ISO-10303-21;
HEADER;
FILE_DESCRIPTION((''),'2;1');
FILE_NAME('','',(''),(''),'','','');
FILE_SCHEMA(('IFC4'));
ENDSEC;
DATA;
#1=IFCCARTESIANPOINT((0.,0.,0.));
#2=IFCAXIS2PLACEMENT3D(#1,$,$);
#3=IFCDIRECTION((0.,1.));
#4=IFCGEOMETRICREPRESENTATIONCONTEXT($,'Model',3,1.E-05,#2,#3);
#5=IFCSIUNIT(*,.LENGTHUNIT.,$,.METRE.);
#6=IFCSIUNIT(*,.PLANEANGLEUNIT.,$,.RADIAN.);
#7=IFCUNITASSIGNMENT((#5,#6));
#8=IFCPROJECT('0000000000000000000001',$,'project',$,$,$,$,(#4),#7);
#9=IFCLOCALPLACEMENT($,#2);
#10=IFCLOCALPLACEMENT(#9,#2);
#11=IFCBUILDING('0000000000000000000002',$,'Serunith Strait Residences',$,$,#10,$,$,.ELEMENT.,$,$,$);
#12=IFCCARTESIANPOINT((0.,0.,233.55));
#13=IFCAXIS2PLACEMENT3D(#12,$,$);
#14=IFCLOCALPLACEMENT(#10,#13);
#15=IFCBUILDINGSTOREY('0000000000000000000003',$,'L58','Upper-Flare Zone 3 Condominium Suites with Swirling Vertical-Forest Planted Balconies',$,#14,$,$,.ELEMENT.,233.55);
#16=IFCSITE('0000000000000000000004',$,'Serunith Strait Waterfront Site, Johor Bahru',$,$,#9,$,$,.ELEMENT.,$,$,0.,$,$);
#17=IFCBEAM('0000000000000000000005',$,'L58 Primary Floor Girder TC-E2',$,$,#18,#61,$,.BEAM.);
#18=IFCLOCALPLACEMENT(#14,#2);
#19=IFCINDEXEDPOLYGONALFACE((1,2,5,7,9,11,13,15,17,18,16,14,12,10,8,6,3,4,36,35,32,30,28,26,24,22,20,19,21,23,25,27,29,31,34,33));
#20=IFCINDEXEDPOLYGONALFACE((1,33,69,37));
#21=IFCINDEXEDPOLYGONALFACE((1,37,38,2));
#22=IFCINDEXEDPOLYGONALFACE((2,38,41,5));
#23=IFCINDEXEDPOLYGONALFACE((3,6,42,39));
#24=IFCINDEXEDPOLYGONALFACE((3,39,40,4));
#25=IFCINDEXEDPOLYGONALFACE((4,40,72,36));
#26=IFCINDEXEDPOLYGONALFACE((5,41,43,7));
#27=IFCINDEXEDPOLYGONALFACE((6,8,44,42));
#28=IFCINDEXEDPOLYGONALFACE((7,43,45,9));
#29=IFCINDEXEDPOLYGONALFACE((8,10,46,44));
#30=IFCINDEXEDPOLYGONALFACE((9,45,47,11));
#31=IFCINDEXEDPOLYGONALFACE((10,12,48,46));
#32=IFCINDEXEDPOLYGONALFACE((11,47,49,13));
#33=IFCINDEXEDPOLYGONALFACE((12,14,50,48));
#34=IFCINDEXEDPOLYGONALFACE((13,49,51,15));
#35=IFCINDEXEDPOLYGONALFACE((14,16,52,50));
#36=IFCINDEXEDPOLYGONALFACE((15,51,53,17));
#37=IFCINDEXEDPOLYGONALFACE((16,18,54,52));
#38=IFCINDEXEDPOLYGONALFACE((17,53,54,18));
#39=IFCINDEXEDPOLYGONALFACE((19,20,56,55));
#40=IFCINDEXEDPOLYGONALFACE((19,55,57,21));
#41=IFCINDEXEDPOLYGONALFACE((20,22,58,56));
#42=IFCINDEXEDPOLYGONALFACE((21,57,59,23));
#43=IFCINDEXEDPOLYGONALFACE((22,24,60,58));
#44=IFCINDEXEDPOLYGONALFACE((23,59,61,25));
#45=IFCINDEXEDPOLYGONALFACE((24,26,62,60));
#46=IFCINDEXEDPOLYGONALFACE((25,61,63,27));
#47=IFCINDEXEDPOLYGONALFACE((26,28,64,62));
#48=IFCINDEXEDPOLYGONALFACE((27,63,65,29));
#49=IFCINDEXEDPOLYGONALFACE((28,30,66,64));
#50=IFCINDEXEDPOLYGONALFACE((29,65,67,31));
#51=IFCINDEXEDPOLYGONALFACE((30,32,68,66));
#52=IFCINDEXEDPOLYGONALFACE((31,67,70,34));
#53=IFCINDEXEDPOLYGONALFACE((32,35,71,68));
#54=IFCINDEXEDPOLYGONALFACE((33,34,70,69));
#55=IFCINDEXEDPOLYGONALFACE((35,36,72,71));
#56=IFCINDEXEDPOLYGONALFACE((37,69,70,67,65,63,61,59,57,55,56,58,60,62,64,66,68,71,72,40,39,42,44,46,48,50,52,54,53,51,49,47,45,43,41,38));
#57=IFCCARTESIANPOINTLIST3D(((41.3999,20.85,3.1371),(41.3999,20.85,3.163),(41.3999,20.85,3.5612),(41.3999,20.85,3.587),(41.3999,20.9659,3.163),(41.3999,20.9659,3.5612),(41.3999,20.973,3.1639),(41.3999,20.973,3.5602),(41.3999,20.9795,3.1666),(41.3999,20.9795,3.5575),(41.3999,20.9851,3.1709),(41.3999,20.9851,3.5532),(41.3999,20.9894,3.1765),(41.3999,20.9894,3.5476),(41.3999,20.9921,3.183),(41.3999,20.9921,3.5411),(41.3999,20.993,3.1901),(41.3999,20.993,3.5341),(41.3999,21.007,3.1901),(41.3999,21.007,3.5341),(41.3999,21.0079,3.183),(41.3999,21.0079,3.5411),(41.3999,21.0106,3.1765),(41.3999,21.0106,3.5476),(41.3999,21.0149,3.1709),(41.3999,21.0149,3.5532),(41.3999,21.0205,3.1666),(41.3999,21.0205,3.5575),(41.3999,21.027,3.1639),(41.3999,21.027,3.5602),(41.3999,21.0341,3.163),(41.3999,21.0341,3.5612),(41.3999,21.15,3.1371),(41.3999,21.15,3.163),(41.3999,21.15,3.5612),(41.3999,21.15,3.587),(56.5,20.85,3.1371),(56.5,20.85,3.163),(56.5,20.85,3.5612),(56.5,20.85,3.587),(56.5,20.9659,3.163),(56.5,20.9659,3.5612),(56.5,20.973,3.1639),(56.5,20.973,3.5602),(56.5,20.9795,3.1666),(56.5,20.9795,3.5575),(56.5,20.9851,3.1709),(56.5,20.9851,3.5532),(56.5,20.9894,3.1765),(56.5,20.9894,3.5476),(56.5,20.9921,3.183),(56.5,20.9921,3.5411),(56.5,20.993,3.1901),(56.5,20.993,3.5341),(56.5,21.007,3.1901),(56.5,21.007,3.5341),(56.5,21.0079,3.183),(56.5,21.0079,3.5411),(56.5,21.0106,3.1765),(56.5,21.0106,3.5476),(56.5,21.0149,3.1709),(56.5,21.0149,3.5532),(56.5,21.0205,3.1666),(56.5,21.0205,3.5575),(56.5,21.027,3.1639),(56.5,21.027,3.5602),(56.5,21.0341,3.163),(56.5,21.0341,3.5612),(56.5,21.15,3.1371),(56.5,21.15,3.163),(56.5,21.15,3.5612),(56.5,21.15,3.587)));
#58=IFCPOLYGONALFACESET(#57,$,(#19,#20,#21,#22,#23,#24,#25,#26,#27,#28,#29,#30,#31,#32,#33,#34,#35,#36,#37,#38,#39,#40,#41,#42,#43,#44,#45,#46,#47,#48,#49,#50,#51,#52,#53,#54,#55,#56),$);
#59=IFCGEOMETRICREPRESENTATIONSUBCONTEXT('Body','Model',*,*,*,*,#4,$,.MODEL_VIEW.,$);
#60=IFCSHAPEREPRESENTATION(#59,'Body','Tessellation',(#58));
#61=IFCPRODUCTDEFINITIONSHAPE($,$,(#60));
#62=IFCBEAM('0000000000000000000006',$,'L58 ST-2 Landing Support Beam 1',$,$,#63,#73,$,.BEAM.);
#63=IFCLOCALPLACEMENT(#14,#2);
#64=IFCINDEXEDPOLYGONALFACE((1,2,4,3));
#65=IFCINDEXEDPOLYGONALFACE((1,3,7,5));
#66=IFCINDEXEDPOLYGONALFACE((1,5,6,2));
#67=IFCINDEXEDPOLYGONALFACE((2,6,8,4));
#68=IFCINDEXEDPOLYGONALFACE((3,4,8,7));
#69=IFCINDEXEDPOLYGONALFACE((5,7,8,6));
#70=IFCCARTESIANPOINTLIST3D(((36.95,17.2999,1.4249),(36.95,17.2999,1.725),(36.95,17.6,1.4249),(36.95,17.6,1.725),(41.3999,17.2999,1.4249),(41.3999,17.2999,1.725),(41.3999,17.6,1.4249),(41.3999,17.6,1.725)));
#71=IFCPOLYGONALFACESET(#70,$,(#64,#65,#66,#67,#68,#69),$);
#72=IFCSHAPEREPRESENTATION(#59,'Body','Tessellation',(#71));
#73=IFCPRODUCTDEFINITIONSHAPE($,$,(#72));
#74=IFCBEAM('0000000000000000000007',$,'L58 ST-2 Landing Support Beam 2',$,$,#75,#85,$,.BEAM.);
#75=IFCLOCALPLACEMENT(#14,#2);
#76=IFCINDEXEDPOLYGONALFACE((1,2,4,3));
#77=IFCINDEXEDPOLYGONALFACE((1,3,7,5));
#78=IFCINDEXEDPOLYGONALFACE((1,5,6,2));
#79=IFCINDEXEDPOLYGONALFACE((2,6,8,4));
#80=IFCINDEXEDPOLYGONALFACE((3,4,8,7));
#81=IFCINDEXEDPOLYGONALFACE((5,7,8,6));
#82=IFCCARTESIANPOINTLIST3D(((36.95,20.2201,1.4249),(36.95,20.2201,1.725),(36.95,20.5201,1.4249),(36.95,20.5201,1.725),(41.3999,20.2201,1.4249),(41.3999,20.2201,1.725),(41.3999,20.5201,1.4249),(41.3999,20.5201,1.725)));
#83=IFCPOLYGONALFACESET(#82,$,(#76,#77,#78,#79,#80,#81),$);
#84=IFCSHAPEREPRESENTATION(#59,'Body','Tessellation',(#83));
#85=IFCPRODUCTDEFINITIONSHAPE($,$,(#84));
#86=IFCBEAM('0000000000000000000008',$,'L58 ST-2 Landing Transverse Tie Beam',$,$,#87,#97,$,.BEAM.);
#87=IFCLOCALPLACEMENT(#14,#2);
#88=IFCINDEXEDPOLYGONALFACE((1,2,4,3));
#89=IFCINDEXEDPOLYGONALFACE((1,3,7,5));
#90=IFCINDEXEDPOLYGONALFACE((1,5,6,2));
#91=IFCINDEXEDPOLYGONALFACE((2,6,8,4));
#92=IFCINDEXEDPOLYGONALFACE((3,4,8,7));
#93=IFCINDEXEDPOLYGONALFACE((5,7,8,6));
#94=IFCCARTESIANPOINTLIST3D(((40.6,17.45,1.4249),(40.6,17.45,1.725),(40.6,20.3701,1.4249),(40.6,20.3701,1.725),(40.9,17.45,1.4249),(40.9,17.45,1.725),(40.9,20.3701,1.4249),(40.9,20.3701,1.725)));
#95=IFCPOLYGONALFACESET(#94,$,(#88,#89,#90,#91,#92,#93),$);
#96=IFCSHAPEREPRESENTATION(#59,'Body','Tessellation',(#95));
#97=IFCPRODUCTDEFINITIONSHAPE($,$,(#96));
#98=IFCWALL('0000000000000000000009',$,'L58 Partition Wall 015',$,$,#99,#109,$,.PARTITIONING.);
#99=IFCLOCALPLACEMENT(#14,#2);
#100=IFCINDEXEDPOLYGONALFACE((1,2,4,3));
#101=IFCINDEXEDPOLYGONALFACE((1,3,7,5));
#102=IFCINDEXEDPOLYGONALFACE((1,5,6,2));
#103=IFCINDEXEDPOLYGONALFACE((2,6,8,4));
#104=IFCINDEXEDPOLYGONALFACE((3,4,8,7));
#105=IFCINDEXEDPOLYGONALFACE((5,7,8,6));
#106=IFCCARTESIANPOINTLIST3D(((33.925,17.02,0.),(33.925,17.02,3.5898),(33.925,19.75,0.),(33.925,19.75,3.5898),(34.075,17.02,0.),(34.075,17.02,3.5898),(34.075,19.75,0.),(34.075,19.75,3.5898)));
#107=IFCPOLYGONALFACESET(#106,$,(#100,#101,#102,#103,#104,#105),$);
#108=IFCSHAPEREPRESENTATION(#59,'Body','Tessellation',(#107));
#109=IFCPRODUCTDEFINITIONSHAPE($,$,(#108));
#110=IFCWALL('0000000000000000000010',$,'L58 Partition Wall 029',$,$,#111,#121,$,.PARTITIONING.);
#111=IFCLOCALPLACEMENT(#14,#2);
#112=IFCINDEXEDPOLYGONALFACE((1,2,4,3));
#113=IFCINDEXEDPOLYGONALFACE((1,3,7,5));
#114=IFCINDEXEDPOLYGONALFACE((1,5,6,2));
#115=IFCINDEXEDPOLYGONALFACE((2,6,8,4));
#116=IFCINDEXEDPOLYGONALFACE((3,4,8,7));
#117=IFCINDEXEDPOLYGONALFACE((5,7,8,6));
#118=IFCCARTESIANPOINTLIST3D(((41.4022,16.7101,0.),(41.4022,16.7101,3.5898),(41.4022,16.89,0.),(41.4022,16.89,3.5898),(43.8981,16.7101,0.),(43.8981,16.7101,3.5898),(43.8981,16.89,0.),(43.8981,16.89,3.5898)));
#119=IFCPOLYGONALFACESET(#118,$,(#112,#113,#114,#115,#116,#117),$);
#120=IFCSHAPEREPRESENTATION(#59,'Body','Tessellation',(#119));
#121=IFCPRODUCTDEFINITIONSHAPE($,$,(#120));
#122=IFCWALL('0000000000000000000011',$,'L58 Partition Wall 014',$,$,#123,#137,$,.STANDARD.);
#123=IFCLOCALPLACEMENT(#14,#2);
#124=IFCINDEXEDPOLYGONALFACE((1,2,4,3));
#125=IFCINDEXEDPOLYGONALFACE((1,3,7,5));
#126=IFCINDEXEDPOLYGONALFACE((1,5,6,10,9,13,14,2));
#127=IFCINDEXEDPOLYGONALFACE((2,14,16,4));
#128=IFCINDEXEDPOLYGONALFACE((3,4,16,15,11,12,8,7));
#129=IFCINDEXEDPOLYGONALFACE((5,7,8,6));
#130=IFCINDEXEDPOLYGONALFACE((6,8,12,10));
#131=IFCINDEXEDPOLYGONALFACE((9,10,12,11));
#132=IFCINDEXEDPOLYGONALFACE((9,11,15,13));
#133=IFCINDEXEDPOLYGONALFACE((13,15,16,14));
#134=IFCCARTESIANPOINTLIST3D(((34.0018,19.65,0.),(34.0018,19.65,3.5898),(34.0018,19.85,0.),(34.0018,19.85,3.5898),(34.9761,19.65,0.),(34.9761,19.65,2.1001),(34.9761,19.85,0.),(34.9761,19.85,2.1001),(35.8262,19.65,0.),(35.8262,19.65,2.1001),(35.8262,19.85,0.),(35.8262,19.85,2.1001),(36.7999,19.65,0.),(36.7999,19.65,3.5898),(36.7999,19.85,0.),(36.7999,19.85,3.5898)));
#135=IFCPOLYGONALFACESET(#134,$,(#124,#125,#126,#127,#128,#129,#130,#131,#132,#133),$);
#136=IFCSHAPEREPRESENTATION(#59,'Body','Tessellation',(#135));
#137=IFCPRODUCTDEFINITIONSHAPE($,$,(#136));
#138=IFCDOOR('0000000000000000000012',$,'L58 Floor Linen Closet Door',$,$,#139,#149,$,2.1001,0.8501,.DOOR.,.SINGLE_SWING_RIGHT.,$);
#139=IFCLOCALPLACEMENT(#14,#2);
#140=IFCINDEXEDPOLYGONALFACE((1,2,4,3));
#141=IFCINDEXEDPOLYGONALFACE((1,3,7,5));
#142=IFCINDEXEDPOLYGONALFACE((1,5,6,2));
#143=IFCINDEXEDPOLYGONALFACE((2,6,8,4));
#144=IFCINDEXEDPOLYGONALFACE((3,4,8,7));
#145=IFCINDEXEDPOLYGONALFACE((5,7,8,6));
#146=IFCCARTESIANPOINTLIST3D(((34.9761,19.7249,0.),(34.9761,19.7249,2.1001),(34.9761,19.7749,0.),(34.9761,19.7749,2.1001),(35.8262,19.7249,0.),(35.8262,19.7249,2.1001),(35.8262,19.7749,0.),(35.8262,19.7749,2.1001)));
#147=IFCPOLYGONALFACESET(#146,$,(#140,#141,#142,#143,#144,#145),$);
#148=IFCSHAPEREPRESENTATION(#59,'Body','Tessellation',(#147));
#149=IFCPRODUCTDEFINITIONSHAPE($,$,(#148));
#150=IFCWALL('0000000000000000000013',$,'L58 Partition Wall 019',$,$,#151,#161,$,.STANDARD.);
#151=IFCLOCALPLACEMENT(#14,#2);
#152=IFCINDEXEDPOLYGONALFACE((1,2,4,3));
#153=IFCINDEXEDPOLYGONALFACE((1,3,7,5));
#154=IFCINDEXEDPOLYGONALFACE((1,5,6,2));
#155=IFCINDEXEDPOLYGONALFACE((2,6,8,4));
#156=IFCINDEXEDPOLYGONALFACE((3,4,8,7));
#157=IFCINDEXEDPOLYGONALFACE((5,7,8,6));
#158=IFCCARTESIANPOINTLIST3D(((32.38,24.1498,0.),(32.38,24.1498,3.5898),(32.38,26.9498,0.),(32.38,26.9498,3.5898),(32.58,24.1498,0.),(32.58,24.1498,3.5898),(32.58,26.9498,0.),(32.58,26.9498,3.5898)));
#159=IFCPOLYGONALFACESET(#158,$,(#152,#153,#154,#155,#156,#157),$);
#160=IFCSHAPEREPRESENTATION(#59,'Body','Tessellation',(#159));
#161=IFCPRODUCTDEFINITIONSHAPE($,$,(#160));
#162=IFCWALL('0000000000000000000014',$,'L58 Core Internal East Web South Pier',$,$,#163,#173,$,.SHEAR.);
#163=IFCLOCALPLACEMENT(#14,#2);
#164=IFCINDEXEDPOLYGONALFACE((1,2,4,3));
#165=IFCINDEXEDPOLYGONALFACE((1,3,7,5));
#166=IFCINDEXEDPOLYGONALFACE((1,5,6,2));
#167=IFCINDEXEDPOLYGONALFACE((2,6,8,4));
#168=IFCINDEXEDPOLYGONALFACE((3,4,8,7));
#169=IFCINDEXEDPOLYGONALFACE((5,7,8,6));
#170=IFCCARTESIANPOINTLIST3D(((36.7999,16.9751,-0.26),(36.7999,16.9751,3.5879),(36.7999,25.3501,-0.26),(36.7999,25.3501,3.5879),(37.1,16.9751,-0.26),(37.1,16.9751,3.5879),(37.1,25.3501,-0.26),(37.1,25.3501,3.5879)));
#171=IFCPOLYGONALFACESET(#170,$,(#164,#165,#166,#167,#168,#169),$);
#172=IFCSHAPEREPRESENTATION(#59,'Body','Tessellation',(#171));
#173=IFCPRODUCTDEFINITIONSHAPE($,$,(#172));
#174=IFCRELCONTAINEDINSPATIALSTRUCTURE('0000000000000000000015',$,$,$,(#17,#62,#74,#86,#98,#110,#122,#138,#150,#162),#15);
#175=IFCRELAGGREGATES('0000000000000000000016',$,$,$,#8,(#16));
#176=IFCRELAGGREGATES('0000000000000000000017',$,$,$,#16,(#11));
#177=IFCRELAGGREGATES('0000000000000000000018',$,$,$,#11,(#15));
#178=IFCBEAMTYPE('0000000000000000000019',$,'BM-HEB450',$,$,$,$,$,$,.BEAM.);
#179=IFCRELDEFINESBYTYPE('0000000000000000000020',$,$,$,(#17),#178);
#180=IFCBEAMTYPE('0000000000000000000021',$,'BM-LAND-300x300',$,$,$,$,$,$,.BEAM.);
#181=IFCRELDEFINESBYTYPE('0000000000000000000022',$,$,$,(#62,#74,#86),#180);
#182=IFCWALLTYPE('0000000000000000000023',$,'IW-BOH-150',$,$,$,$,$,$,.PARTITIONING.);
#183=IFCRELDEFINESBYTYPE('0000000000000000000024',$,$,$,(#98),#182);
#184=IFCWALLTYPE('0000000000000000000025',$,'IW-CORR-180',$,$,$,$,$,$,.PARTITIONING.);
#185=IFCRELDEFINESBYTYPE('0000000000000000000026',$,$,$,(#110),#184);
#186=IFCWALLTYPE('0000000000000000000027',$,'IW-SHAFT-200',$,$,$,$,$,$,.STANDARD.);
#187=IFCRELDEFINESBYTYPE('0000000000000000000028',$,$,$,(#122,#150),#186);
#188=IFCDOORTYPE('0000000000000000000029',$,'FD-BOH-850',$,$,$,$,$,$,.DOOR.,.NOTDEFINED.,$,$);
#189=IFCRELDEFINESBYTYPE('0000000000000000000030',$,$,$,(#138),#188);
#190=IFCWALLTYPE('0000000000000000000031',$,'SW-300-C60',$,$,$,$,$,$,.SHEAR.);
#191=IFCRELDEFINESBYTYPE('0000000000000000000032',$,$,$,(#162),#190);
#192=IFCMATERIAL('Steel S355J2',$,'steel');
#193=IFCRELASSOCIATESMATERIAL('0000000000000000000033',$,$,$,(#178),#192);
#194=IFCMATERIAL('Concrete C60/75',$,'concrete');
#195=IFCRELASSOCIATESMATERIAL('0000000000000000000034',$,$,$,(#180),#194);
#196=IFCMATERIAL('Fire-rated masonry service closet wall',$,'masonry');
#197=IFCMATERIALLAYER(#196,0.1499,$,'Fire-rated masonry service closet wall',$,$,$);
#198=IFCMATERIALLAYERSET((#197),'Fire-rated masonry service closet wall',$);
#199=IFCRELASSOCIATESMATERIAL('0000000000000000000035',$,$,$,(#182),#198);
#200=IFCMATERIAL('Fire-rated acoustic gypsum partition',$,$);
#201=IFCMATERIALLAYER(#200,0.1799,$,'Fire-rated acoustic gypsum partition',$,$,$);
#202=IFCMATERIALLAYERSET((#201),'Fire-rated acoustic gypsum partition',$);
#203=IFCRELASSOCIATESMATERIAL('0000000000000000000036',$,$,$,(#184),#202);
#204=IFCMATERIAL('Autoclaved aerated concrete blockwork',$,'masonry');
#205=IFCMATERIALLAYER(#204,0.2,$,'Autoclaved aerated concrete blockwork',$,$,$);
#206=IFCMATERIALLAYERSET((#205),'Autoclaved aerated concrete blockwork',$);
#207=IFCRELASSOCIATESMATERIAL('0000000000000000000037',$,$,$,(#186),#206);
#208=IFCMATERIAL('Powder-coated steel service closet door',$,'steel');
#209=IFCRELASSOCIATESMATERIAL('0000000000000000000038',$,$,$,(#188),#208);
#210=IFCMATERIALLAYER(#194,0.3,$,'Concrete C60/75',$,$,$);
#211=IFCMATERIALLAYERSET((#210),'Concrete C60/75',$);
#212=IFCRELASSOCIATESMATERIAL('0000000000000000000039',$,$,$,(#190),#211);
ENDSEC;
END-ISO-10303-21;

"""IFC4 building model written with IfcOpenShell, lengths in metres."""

from ifc_helpers import new_model, si_unit, direction, frame, frame_2d, origin, origin_2d, place, context, subcontext, project, spatial, rectangle, i_section, extrude, source, transform, mapped, material, layer, layer_set, material_profile, profile_set, type_object, element, fill, save


model = new_model("IFC4")

# Units and contexts
model_context = context("Model", 3, precision=1e-05, world=origin(), true_north=direction((0.0, 1.0)))
body_context = subcontext(model_context, "Body", "Model", "MODEL_VIEW")
ifc_project = project(units=[si_unit("LENGTHUNIT", "METRE"), si_unit("PLANEANGLEUNIT", "RADIAN")], contexts=[model_context])

# Site, building, storey
site_placement = place(None, origin())
site = spatial("IfcSite", under=ifc_project, at=site_placement, Name="Serunith Strait Waterfront Site, Johor Bahru", CompositionType="ELEMENT", RefElevation=0.0)
building_placement = place(site_placement, origin())
building = spatial("IfcBuilding", under=site, at=building_placement, Name="Serunith Strait Residences", CompositionType="ELEMENT")
storey_placement = place(building_placement, frame((0.0, 0.0, 233.55)))
storey = spatial("IfcBuildingStorey", under=building, at=storey_placement, Name="L58", Description="Upper-Flare Zone 3 Condominium Suites with Swirling Vertical-Forest Planted Balconies", CompositionType="ELEMENT", Elevation=233.55)

# Beams
ifc_material_1 = material(Name="Steel S355J2", Category="steel")
ifc_material_profile_1 = material_profile(ifc_material_1, i_section(OverallWidth=0.3, OverallDepth=0.45, WebThickness=0.0139, FlangeThickness=0.0259, FilletRadius=0.0271, at=origin_2d()), Name="HEB 450")
ifc_profile_set_1 = profile_set([ifc_material_profile_1], Name="Steel S355J2")
beam_type_1 = type_object("IfcBeamType", Name="BM-HEB450", PredefinedType="BEAM", material=ifc_profile_set_1)
shared_shape_1 = source(origin(), body_context, "Body", "SweptSolid", [
    extrude(i_section(OverallWidth=0.3, OverallDepth=0.45, WebThickness=0.0139, FlangeThickness=0.0259, FilletRadius=0.0271, at=origin_2d()), origin(), (0.0, 0.0, 1.0), 15.1001),
])
beam_1_placement = place(storey_placement, frame((41.3999, 21.0, 3.3621), z_axis=(1.0, 0.0, 0.0), x_axis=(0.0, 1.0, 0.0)))
element("IfcBeam", 1, at=beam_1_placement, inside=storey, type_object=beam_type_1, Name="L58 Primary Floor Girder TC-E2", PredefinedType="BEAM", context=body_context, shape_type="MappedRepresentation", body=[
    mapped(shared_shape_1, transform((0.0, 0.0, 0.0), scale=1.0)),
])
ifc_material_2 = material(Name="Concrete C60/75", Category="concrete")
ifc_material_profile_2 = material_profile(ifc_material_2, rectangle(XDim=0.3, YDim=0.3, at=origin_2d()), Name="RC 300x300")
ifc_profile_set_2 = profile_set([ifc_material_profile_2], Name="Concrete C60/75")
beam_type_2 = type_object("IfcBeamType", Name="BM-LAND-300x300", PredefinedType="BEAM", material=ifc_profile_set_2)
shared_shape_2 = source(origin(), body_context, "Body", "SweptSolid", [
    extrude(rectangle(XDim=0.3, YDim=0.3, at=origin_2d()), origin(), (0.0, 0.0, 1.0), 4.45),
])
for number, where, z_axis, x_axis, name in (
    (2, (36.95, 17.45, 1.575), (1.0, 0.0, 0.0), (0.0, 1.0, 0.0), "L58 ST-2 Landing Support Beam 1"),
    (3, (36.95, 20.3701, 1.575), (1.0, 0.0, 0.0), (0.0, 1.0, 0.0), "L58 ST-2 Landing Support Beam 2"),
):
    element("IfcBeam", number, at=place(storey_placement, frame(where, z_axis=z_axis, x_axis=x_axis)), inside=storey, type_object=beam_type_2, Name=name, PredefinedType="BEAM", context=body_context, shape_type="MappedRepresentation", body=[
        mapped(shared_shape_2, transform((0.0, 0.0, 0.0), scale=1.0)),
    ])
shared_shape_3 = source(origin(), body_context, "Body", "SweptSolid", [
    extrude(rectangle(XDim=0.3, YDim=0.3, at=origin_2d()), origin(), (0.0, 0.0, 1.0), 2.9202),
])
beam_2_placement = place(storey_placement, frame((40.75, 17.45, 1.575), z_axis=(0.0, 1.0, 0.0), x_axis=(-1.0, 0.0, 0.0)))
element("IfcBeam", 4, at=beam_2_placement, inside=storey, type_object=beam_type_2, Name="L58 ST-2 Landing Transverse Tie Beam", PredefinedType="BEAM", context=body_context, shape_type="MappedRepresentation", body=[
    mapped(shared_shape_3, transform((0.0, 0.0, 0.0), scale=1.0)),
])

# Walls
ifc_material_3 = material(Name="Fire-rated masonry service closet wall", Category="masonry")
ifc_layer_1 = layer(ifc_material_3, 0.1499, Name="Fire-rated masonry service closet wall")
ifc_layer_set_1 = layer_set([ifc_layer_1], Name="Fire-rated masonry service closet wall")
wall_type_1 = type_object("IfcWallType", Name="IW-BOH-150", PredefinedType="PARTITIONING", material=ifc_layer_set_1)
wall_1_placement = place(storey_placement, frame((34.0, 17.02, 0.0), z_axis=(0.0, 0.0, 1.0), x_axis=(0.0, 1.0, 0.0)))
element("IfcWall", 5, at=wall_1_placement, inside=storey, type_object=wall_type_1, Name="L58 Partition Wall 015", PredefinedType="PARTITIONING", context=body_context, shape_type="SweptSolid", body=[
    extrude(rectangle(XDim=2.73, YDim=0.1499, at=frame_2d((1.365, 0.0))), origin(), (0.0, 0.0, 1.0), 3.5898),
])
ifc_material_4 = material(Name="Fire-rated acoustic gypsum partition")
ifc_layer_2 = layer(ifc_material_4, 0.1799, Name="Fire-rated acoustic gypsum partition")
ifc_layer_set_2 = layer_set([ifc_layer_2], Name="Fire-rated acoustic gypsum partition")
wall_type_2 = type_object("IfcWallType", Name="IW-CORR-180", PredefinedType="PARTITIONING", material=ifc_layer_set_2)
wall_2_placement = place(storey_placement, frame((41.4021, 16.8, 0.0), z_axis=(0.0, 0.0, 1.0), x_axis=(1.0, 0.0, 0.0)))
element("IfcWall", 6, at=wall_2_placement, inside=storey, type_object=wall_type_2, Name="L58 Partition Wall 029", PredefinedType="PARTITIONING", context=body_context, shape_type="SweptSolid", body=[
    extrude(rectangle(XDim=2.4958, YDim=0.1799, at=frame_2d((1.248, 0.0))), origin(), (0.0, 0.0, 1.0), 3.5898),
])

# Wall, opening, door
ifc_material_5 = material(Name="Autoclaved aerated concrete blockwork", Category="masonry")
ifc_layer_3 = layer(ifc_material_5, 0.2, Name="Autoclaved aerated concrete blockwork")
ifc_layer_set_3 = layer_set([ifc_layer_3], Name="Autoclaved aerated concrete blockwork")
wall_type_3 = type_object("IfcWallType", Name="IW-SHAFT-200", PredefinedType="STANDARD", material=ifc_layer_set_3)
wall_3_placement = place(storey_placement, frame((34.002, 19.75, 0.0), z_axis=(0.0, 0.0, 1.0), x_axis=(1.0, 0.0, 0.0)))
wall_3 = element("IfcWall", 7, at=wall_3_placement, inside=storey, type_object=wall_type_3, Name="L58 Partition Wall 014", PredefinedType="STANDARD", context=body_context, shape_type="SweptSolid", body=[
    extrude(rectangle(XDim=2.7981, YDim=0.2, at=frame_2d((1.3989, 0.0))), origin(), (0.0, 0.0, 1.0), 3.5898),
])
opening_placement = place(wall_3_placement, frame((0.9741, 0.0, 0.0)))
opening = element("IfcOpeningElement", 8, at=opening_placement, cuts=wall_3, PredefinedType="OPENING", context=body_context, shape_type="SweptSolid", body=[
    extrude(rectangle(XDim=0.8501, YDim=2.1001, at=frame_2d((0.425, 1.05))), frame((0.0, 0.1099, 0.0), z_axis=(0.0, -1.0, 0.0), x_axis=(1.0, 0.0, 0.0)), (0.0, 0.0, 1.0), 0.22),
])
ifc_material_6 = material(Name="Powder-coated steel service closet door", Category="steel")
door_type = type_object("IfcDoorType", Name="FD-BOH-850", OperationType="NOTDEFINED", PredefinedType="DOOR", material=ifc_material_6)
shared_shape_4 = source(origin(), body_context, "Body", "SweptSolid", [
    extrude(rectangle(XDim=0.8501, YDim=2.1001, at=frame_2d((0.425, 1.05))), frame((0.0, 0.0249, 0.0), z_axis=(0.0, -1.0, 0.0), x_axis=(1.0, 0.0, 0.0)), (0.0, 0.0, 1.0), 0.05),
])
door_placement = place(opening_placement, origin())
door = element("IfcDoor", 9, at=door_placement, inside=storey, type_object=door_type, Name="L58 Floor Linen Closet Door", OperationType="SINGLE_SWING_RIGHT", OverallHeight=2.1001, OverallWidth=0.8501, PredefinedType="DOOR", context=body_context, shape_type="MappedRepresentation", body=[
    mapped(shared_shape_4, transform((0.0, 0.0, 0.0), scale=1.0)),
])
fill(opening, door)

# Walls
wall_4_placement = place(storey_placement, frame((32.48, 24.1499, 0.0), z_axis=(0.0, 0.0, 1.0), x_axis=(0.0, 1.0, 0.0)))
element("IfcWall", 10, at=wall_4_placement, inside=storey, type_object=wall_type_3, Name="L58 Partition Wall 019", PredefinedType="STANDARD", context=body_context, shape_type="SweptSolid", body=[
    extrude(rectangle(XDim=2.8, YDim=0.2, at=frame_2d((1.3999, 0.0))), origin(), (0.0, 0.0, 1.0), 3.5898),
])
ifc_layer_4 = layer(ifc_material_2, 0.3, Name="Concrete C60/75")
ifc_layer_set_4 = layer_set([ifc_layer_4], Name="Concrete C60/75")
wall_type_4 = type_object("IfcWallType", Name="SW-300-C60", PredefinedType="SHEAR", material=ifc_layer_set_4)
wall_5_placement = place(storey_placement, frame((36.95, 16.9751, -0.26), z_axis=(0.0, 0.0, 1.0), x_axis=(0.0, 1.0, 0.0)))
element("IfcWall", 11, at=wall_5_placement, inside=storey, type_object=wall_type_4, Name="L58 Core Internal East Web South Pier", PredefinedType="SHEAR", context=body_context, shape_type="SweptSolid", body=[
    extrude(rectangle(XDim=8.375, YDim=0.3, at=frame_2d((4.1875, 0.0))), origin(), (0.0, 0.0, 1.0), 3.8479),
])

save(model, "model.ifc")
